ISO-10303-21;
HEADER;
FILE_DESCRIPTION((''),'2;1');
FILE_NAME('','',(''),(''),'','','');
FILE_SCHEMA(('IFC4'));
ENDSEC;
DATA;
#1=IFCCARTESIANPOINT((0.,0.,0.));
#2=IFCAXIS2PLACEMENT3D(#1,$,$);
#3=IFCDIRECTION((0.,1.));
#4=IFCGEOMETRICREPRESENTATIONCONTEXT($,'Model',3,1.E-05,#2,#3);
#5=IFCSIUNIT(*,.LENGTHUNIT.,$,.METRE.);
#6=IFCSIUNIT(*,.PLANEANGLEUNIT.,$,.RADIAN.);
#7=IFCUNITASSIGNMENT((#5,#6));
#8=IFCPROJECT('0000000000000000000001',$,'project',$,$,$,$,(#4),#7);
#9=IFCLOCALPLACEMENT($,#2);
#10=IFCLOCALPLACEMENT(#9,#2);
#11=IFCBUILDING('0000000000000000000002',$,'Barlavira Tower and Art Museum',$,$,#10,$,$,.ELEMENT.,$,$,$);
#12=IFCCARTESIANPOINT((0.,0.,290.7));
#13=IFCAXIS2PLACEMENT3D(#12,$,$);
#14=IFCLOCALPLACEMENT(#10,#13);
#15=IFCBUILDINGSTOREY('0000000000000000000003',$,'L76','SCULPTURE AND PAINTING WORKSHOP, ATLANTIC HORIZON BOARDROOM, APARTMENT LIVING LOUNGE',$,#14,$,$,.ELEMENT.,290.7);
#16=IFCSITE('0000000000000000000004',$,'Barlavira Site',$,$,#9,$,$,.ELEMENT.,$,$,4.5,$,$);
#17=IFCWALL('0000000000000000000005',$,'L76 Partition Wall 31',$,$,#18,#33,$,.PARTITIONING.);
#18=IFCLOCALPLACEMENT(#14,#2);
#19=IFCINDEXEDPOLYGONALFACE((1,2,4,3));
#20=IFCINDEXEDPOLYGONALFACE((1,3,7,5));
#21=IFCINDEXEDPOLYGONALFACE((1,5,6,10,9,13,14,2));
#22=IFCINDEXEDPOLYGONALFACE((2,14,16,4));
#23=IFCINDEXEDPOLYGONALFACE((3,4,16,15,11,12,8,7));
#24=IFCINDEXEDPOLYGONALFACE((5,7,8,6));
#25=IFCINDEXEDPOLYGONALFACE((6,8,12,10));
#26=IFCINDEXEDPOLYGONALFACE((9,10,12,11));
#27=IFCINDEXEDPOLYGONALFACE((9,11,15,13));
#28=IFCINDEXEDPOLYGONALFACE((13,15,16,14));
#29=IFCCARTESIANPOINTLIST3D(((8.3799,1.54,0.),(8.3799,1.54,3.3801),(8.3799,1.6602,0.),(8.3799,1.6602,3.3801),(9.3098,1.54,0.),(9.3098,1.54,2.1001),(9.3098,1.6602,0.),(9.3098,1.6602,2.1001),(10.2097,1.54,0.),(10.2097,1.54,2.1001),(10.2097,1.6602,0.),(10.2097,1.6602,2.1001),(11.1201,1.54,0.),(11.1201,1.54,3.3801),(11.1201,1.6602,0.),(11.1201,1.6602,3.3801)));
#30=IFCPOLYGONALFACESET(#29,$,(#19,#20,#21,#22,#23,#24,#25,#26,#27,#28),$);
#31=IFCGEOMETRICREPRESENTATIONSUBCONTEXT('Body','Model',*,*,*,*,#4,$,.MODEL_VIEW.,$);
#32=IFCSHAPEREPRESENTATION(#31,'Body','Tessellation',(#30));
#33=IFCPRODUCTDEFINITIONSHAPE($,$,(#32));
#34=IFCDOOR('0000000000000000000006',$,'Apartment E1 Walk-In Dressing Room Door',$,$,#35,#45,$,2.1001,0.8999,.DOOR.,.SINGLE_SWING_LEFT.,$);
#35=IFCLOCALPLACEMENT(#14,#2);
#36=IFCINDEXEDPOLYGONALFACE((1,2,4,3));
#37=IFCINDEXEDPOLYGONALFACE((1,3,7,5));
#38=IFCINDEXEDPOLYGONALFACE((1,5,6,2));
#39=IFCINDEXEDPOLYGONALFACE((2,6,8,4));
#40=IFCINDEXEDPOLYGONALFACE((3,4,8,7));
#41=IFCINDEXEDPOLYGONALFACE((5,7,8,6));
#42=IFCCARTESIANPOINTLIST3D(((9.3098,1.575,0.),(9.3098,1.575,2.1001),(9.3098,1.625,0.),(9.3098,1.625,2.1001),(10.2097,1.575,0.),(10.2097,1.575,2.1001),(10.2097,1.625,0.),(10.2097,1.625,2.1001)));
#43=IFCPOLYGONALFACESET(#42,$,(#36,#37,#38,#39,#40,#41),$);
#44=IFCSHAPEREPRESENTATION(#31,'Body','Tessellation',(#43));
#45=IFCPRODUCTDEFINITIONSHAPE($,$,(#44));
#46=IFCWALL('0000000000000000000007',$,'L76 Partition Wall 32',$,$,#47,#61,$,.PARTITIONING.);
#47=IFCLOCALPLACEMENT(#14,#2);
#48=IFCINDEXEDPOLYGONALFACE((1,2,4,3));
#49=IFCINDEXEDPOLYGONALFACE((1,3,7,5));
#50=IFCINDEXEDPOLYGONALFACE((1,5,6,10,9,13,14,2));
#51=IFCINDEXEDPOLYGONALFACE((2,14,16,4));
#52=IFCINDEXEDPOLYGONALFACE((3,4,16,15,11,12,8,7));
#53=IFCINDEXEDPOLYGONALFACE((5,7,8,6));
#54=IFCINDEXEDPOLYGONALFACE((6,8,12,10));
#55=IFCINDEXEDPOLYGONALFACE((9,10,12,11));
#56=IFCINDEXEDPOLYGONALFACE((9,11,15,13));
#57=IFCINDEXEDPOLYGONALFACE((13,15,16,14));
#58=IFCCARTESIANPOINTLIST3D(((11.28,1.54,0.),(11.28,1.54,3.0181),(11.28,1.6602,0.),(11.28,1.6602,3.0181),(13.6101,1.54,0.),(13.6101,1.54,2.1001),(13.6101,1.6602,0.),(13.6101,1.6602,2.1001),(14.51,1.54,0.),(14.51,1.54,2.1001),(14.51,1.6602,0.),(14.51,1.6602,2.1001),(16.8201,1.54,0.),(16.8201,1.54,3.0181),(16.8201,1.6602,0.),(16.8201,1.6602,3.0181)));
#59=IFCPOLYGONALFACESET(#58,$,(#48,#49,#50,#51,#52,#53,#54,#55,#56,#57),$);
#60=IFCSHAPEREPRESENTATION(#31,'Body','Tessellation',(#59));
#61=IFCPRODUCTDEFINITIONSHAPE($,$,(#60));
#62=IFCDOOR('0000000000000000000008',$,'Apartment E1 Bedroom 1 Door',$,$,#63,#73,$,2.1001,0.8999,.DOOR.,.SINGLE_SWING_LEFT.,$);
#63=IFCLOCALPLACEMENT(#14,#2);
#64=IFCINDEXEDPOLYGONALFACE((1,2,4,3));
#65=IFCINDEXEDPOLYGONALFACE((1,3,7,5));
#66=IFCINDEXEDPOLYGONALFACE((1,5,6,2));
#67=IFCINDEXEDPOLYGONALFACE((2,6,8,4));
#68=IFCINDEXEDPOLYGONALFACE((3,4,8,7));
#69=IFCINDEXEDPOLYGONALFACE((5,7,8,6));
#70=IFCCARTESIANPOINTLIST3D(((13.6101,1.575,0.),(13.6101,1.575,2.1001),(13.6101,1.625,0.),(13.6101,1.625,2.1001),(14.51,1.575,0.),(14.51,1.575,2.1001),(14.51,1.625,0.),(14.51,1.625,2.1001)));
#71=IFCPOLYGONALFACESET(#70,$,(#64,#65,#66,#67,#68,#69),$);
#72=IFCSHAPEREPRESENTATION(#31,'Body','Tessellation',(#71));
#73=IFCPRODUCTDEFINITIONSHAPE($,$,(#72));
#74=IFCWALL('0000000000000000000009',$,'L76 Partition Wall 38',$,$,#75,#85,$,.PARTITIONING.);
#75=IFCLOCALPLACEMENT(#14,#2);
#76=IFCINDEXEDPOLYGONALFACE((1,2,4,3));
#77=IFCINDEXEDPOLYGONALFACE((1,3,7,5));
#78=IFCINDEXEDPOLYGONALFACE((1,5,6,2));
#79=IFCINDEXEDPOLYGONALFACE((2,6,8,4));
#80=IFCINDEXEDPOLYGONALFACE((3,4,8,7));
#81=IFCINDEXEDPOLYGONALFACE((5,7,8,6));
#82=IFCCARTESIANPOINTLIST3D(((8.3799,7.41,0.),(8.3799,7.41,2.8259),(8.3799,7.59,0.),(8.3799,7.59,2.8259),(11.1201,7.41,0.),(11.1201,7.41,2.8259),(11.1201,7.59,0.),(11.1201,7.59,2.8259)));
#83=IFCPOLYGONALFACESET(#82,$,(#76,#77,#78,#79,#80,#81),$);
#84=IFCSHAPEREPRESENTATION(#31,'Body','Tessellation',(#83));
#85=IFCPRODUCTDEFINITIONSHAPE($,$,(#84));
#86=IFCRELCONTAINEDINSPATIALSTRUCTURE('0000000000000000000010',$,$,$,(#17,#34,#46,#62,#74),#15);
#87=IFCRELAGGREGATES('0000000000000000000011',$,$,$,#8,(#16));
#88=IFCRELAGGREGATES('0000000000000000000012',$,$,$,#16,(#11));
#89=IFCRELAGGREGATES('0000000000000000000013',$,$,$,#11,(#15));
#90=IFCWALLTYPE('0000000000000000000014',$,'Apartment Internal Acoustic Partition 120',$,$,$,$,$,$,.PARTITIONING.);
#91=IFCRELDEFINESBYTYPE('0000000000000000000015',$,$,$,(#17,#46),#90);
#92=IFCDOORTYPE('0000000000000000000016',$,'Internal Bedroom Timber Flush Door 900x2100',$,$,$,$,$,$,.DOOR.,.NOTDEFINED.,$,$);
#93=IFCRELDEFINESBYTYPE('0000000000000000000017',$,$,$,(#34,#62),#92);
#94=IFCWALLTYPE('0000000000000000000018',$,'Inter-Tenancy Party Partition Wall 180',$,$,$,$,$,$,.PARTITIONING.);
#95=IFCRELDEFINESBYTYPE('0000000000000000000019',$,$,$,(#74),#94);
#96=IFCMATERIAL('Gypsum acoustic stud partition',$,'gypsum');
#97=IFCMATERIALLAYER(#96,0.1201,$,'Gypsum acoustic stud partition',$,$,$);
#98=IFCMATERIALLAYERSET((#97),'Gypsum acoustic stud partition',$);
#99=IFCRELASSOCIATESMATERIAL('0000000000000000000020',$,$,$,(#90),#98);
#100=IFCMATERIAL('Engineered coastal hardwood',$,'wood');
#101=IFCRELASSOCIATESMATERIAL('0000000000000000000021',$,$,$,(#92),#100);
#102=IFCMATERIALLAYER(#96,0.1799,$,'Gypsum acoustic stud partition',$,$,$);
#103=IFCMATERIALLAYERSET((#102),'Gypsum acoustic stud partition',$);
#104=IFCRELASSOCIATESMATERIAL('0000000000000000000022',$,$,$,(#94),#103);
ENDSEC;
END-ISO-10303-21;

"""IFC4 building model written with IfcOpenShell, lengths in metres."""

from ifc_helpers import new_model, si_unit, direction, frame, frame_2d, origin, place, context, subcontext, project, spatial, rectangle, extrude, material, layer, layer_set, type_object, element, fill, save


model = new_model("IFC4")

# Units and contexts
model_context = context("Model", 3, precision=1e-05, world=origin(), true_north=direction((0.0, 1.0)))
body_context = subcontext(model_context, "Body", "Model", "MODEL_VIEW")
ifc_project = project(units=[si_unit("LENGTHUNIT", "METRE"), si_unit("PLANEANGLEUNIT", "RADIAN")], contexts=[model_context])

# Site, building, storey
site_placement = place(None, origin())
site = spatial("IfcSite", under=ifc_project, at=site_placement, Name="Barlavira Site", CompositionType="ELEMENT", RefElevation=4.5)
building_placement = place(site_placement, origin())
building = spatial("IfcBuilding", under=site, at=building_placement, Name="Barlavira Tower and Art Museum", CompositionType="ELEMENT")
storey_placement = place(building_placement, frame((0.0, 0.0, 290.7)))
storey = spatial("IfcBuildingStorey", under=building, at=storey_placement, Name="L76", Description="SCULPTURE AND PAINTING WORKSHOP, ATLANTIC HORIZON BOARDROOM, APARTMENT LIVING LOUNGE", CompositionType="ELEMENT", Elevation=290.7)

# Walls, openings, doors
ifc_material_1 = material(Name="Gypsum acoustic stud partition", Category="gypsum")
ifc_layer_1 = layer(ifc_material_1, 0.1201, Name="Gypsum acoustic stud partition")
ifc_layer_set_1 = layer_set([ifc_layer_1], Name="Gypsum acoustic stud partition")
wall_type_1 = type_object("IfcWallType", Name="Apartment Internal Acoustic Partition 120", PredefinedType="PARTITIONING", material=ifc_layer_set_1)
wall_1_placement = place(storey_placement, frame((8.3799, 1.6001, 0.0), z_axis=(0.0, 0.0, 1.0), x_axis=(1.0, 0.0, 0.0)))
wall_1 = element("IfcWall", 1, at=wall_1_placement, inside=storey, type_object=wall_type_1, Name="L76 Partition Wall 31", PredefinedType="PARTITIONING", context=body_context, shape_type="SweptSolid", body=[
    extrude(rectangle(XDim=2.7402, YDim=0.1201, at=frame_2d((1.3701, 0.0))), origin(), (0.0, 0.0, 1.0), 3.3801),
])
opening_1_placement = place(wall_1_placement, frame((0.9299, 0.0, 0.0)))
opening_1 = element("IfcOpeningElement", 2, at=opening_1_placement, cuts=wall_1, PredefinedType="OPENING", context=body_context, shape_type="SweptSolid", body=[
    extrude(rectangle(XDim=0.8999, YDim=2.1001, at=frame_2d((0.45, 1.05))), frame((0.0, 0.0701, 0.0), z_axis=(0.0, -1.0, 0.0), x_axis=(1.0, 0.0, 0.0)), (0.0, 0.0, 1.0), 0.1401),
])
ifc_material_2 = material(Name="Engineered coastal hardwood", Category="wood")
door_type = type_object("IfcDoorType", Name="Internal Bedroom Timber Flush Door 900x2100", OperationType="NOTDEFINED", PredefinedType="DOOR", material=ifc_material_2)
door_1_placement = place(opening_1_placement, origin())
door_1 = element("IfcDoor", 3, at=door_1_placement, inside=storey, type_object=door_type, Name="Apartment E1 Walk-In Dressing Room Door", OperationType="SINGLE_SWING_LEFT", OverallHeight=2.1001, OverallWidth=0.8999, PredefinedType="DOOR", context=body_context, shape_type="SweptSolid", body=[
    extrude(rectangle(XDim=0.8999, YDim=2.1001, at=frame_2d((0.45, 1.05))), frame((0.0, 0.0249, 0.0), z_axis=(0.0, -1.0, 0.0), x_axis=(1.0, 0.0, 0.0)), (0.0, 0.0, 1.0), 0.05),
])
fill(opening_1, door_1)
wall_2_placement = place(storey_placement, frame((11.28, 1.6001, 0.0), z_axis=(0.0, 0.0, 1.0), x_axis=(1.0, 0.0, 0.0)))
wall_2 = element("IfcWall", 4, at=wall_2_placement, inside=storey, type_object=wall_type_1, Name="L76 Partition Wall 32", PredefinedType="PARTITIONING", context=body_context, shape_type="SweptSolid", body=[
    extrude(rectangle(XDim=5.54, YDim=0.1201, at=frame_2d((2.77, 0.0))), origin(), (0.0, 0.0, 1.0), 3.0181),
])
opening_2_placement = place(wall_2_placement, frame((2.3301, 0.0, 0.0)))
opening_2 = element("IfcOpeningElement", 5, at=opening_2_placement, cuts=wall_2, PredefinedType="OPENING", context=body_context, shape_type="SweptSolid", body=[
    extrude(rectangle(XDim=0.8999, YDim=2.1001, at=frame_2d((0.45, 1.05))), frame((0.0, 0.0701, 0.0), z_axis=(0.0, -1.0, 0.0), x_axis=(1.0, 0.0, 0.0)), (0.0, 0.0, 1.0), 0.1401),
])
door_2_placement = place(opening_2_placement, origin())
door_2 = element("IfcDoor", 6, at=door_2_placement, inside=storey, type_object=door_type, Name="Apartment E1 Bedroom 1 Door", OperationType="SINGLE_SWING_LEFT", OverallHeight=2.1001, OverallWidth=0.8999, PredefinedType="DOOR", context=body_context, shape_type="SweptSolid", body=[
    extrude(rectangle(XDim=0.8999, YDim=2.1001, at=frame_2d((0.45, 1.05))), frame((0.0, 0.0249, 0.0), z_axis=(0.0, -1.0, 0.0), x_axis=(1.0, 0.0, 0.0)), (0.0, 0.0, 1.0), 0.05),
])
fill(opening_2, door_2)

# Wall
ifc_layer_2 = layer(ifc_material_1, 0.1799, Name="Gypsum acoustic stud partition")
ifc_layer_set_2 = layer_set([ifc_layer_2], Name="Gypsum acoustic stud partition")
wall_type_2 = type_object("IfcWallType", Name="Inter-Tenancy Party Partition Wall 180", PredefinedType="PARTITIONING", material=ifc_layer_set_2)
wall_3_placement = place(storey_placement, frame((8.3799, 7.5, 0.0), z_axis=(0.0, 0.0, 1.0), x_axis=(1.0, 0.0, 0.0)))
element("IfcWall", 7, at=wall_3_placement, inside=storey, type_object=wall_type_2, Name="L76 Partition Wall 38", PredefinedType="PARTITIONING", context=body_context, shape_type="SweptSolid", body=[
    extrude(rectangle(XDim=2.7402, YDim=0.1799, at=frame_2d((1.3701, 0.0))), origin(), (0.0, 0.0, 1.0), 2.8259),
])

save(model, "model.ifc")
